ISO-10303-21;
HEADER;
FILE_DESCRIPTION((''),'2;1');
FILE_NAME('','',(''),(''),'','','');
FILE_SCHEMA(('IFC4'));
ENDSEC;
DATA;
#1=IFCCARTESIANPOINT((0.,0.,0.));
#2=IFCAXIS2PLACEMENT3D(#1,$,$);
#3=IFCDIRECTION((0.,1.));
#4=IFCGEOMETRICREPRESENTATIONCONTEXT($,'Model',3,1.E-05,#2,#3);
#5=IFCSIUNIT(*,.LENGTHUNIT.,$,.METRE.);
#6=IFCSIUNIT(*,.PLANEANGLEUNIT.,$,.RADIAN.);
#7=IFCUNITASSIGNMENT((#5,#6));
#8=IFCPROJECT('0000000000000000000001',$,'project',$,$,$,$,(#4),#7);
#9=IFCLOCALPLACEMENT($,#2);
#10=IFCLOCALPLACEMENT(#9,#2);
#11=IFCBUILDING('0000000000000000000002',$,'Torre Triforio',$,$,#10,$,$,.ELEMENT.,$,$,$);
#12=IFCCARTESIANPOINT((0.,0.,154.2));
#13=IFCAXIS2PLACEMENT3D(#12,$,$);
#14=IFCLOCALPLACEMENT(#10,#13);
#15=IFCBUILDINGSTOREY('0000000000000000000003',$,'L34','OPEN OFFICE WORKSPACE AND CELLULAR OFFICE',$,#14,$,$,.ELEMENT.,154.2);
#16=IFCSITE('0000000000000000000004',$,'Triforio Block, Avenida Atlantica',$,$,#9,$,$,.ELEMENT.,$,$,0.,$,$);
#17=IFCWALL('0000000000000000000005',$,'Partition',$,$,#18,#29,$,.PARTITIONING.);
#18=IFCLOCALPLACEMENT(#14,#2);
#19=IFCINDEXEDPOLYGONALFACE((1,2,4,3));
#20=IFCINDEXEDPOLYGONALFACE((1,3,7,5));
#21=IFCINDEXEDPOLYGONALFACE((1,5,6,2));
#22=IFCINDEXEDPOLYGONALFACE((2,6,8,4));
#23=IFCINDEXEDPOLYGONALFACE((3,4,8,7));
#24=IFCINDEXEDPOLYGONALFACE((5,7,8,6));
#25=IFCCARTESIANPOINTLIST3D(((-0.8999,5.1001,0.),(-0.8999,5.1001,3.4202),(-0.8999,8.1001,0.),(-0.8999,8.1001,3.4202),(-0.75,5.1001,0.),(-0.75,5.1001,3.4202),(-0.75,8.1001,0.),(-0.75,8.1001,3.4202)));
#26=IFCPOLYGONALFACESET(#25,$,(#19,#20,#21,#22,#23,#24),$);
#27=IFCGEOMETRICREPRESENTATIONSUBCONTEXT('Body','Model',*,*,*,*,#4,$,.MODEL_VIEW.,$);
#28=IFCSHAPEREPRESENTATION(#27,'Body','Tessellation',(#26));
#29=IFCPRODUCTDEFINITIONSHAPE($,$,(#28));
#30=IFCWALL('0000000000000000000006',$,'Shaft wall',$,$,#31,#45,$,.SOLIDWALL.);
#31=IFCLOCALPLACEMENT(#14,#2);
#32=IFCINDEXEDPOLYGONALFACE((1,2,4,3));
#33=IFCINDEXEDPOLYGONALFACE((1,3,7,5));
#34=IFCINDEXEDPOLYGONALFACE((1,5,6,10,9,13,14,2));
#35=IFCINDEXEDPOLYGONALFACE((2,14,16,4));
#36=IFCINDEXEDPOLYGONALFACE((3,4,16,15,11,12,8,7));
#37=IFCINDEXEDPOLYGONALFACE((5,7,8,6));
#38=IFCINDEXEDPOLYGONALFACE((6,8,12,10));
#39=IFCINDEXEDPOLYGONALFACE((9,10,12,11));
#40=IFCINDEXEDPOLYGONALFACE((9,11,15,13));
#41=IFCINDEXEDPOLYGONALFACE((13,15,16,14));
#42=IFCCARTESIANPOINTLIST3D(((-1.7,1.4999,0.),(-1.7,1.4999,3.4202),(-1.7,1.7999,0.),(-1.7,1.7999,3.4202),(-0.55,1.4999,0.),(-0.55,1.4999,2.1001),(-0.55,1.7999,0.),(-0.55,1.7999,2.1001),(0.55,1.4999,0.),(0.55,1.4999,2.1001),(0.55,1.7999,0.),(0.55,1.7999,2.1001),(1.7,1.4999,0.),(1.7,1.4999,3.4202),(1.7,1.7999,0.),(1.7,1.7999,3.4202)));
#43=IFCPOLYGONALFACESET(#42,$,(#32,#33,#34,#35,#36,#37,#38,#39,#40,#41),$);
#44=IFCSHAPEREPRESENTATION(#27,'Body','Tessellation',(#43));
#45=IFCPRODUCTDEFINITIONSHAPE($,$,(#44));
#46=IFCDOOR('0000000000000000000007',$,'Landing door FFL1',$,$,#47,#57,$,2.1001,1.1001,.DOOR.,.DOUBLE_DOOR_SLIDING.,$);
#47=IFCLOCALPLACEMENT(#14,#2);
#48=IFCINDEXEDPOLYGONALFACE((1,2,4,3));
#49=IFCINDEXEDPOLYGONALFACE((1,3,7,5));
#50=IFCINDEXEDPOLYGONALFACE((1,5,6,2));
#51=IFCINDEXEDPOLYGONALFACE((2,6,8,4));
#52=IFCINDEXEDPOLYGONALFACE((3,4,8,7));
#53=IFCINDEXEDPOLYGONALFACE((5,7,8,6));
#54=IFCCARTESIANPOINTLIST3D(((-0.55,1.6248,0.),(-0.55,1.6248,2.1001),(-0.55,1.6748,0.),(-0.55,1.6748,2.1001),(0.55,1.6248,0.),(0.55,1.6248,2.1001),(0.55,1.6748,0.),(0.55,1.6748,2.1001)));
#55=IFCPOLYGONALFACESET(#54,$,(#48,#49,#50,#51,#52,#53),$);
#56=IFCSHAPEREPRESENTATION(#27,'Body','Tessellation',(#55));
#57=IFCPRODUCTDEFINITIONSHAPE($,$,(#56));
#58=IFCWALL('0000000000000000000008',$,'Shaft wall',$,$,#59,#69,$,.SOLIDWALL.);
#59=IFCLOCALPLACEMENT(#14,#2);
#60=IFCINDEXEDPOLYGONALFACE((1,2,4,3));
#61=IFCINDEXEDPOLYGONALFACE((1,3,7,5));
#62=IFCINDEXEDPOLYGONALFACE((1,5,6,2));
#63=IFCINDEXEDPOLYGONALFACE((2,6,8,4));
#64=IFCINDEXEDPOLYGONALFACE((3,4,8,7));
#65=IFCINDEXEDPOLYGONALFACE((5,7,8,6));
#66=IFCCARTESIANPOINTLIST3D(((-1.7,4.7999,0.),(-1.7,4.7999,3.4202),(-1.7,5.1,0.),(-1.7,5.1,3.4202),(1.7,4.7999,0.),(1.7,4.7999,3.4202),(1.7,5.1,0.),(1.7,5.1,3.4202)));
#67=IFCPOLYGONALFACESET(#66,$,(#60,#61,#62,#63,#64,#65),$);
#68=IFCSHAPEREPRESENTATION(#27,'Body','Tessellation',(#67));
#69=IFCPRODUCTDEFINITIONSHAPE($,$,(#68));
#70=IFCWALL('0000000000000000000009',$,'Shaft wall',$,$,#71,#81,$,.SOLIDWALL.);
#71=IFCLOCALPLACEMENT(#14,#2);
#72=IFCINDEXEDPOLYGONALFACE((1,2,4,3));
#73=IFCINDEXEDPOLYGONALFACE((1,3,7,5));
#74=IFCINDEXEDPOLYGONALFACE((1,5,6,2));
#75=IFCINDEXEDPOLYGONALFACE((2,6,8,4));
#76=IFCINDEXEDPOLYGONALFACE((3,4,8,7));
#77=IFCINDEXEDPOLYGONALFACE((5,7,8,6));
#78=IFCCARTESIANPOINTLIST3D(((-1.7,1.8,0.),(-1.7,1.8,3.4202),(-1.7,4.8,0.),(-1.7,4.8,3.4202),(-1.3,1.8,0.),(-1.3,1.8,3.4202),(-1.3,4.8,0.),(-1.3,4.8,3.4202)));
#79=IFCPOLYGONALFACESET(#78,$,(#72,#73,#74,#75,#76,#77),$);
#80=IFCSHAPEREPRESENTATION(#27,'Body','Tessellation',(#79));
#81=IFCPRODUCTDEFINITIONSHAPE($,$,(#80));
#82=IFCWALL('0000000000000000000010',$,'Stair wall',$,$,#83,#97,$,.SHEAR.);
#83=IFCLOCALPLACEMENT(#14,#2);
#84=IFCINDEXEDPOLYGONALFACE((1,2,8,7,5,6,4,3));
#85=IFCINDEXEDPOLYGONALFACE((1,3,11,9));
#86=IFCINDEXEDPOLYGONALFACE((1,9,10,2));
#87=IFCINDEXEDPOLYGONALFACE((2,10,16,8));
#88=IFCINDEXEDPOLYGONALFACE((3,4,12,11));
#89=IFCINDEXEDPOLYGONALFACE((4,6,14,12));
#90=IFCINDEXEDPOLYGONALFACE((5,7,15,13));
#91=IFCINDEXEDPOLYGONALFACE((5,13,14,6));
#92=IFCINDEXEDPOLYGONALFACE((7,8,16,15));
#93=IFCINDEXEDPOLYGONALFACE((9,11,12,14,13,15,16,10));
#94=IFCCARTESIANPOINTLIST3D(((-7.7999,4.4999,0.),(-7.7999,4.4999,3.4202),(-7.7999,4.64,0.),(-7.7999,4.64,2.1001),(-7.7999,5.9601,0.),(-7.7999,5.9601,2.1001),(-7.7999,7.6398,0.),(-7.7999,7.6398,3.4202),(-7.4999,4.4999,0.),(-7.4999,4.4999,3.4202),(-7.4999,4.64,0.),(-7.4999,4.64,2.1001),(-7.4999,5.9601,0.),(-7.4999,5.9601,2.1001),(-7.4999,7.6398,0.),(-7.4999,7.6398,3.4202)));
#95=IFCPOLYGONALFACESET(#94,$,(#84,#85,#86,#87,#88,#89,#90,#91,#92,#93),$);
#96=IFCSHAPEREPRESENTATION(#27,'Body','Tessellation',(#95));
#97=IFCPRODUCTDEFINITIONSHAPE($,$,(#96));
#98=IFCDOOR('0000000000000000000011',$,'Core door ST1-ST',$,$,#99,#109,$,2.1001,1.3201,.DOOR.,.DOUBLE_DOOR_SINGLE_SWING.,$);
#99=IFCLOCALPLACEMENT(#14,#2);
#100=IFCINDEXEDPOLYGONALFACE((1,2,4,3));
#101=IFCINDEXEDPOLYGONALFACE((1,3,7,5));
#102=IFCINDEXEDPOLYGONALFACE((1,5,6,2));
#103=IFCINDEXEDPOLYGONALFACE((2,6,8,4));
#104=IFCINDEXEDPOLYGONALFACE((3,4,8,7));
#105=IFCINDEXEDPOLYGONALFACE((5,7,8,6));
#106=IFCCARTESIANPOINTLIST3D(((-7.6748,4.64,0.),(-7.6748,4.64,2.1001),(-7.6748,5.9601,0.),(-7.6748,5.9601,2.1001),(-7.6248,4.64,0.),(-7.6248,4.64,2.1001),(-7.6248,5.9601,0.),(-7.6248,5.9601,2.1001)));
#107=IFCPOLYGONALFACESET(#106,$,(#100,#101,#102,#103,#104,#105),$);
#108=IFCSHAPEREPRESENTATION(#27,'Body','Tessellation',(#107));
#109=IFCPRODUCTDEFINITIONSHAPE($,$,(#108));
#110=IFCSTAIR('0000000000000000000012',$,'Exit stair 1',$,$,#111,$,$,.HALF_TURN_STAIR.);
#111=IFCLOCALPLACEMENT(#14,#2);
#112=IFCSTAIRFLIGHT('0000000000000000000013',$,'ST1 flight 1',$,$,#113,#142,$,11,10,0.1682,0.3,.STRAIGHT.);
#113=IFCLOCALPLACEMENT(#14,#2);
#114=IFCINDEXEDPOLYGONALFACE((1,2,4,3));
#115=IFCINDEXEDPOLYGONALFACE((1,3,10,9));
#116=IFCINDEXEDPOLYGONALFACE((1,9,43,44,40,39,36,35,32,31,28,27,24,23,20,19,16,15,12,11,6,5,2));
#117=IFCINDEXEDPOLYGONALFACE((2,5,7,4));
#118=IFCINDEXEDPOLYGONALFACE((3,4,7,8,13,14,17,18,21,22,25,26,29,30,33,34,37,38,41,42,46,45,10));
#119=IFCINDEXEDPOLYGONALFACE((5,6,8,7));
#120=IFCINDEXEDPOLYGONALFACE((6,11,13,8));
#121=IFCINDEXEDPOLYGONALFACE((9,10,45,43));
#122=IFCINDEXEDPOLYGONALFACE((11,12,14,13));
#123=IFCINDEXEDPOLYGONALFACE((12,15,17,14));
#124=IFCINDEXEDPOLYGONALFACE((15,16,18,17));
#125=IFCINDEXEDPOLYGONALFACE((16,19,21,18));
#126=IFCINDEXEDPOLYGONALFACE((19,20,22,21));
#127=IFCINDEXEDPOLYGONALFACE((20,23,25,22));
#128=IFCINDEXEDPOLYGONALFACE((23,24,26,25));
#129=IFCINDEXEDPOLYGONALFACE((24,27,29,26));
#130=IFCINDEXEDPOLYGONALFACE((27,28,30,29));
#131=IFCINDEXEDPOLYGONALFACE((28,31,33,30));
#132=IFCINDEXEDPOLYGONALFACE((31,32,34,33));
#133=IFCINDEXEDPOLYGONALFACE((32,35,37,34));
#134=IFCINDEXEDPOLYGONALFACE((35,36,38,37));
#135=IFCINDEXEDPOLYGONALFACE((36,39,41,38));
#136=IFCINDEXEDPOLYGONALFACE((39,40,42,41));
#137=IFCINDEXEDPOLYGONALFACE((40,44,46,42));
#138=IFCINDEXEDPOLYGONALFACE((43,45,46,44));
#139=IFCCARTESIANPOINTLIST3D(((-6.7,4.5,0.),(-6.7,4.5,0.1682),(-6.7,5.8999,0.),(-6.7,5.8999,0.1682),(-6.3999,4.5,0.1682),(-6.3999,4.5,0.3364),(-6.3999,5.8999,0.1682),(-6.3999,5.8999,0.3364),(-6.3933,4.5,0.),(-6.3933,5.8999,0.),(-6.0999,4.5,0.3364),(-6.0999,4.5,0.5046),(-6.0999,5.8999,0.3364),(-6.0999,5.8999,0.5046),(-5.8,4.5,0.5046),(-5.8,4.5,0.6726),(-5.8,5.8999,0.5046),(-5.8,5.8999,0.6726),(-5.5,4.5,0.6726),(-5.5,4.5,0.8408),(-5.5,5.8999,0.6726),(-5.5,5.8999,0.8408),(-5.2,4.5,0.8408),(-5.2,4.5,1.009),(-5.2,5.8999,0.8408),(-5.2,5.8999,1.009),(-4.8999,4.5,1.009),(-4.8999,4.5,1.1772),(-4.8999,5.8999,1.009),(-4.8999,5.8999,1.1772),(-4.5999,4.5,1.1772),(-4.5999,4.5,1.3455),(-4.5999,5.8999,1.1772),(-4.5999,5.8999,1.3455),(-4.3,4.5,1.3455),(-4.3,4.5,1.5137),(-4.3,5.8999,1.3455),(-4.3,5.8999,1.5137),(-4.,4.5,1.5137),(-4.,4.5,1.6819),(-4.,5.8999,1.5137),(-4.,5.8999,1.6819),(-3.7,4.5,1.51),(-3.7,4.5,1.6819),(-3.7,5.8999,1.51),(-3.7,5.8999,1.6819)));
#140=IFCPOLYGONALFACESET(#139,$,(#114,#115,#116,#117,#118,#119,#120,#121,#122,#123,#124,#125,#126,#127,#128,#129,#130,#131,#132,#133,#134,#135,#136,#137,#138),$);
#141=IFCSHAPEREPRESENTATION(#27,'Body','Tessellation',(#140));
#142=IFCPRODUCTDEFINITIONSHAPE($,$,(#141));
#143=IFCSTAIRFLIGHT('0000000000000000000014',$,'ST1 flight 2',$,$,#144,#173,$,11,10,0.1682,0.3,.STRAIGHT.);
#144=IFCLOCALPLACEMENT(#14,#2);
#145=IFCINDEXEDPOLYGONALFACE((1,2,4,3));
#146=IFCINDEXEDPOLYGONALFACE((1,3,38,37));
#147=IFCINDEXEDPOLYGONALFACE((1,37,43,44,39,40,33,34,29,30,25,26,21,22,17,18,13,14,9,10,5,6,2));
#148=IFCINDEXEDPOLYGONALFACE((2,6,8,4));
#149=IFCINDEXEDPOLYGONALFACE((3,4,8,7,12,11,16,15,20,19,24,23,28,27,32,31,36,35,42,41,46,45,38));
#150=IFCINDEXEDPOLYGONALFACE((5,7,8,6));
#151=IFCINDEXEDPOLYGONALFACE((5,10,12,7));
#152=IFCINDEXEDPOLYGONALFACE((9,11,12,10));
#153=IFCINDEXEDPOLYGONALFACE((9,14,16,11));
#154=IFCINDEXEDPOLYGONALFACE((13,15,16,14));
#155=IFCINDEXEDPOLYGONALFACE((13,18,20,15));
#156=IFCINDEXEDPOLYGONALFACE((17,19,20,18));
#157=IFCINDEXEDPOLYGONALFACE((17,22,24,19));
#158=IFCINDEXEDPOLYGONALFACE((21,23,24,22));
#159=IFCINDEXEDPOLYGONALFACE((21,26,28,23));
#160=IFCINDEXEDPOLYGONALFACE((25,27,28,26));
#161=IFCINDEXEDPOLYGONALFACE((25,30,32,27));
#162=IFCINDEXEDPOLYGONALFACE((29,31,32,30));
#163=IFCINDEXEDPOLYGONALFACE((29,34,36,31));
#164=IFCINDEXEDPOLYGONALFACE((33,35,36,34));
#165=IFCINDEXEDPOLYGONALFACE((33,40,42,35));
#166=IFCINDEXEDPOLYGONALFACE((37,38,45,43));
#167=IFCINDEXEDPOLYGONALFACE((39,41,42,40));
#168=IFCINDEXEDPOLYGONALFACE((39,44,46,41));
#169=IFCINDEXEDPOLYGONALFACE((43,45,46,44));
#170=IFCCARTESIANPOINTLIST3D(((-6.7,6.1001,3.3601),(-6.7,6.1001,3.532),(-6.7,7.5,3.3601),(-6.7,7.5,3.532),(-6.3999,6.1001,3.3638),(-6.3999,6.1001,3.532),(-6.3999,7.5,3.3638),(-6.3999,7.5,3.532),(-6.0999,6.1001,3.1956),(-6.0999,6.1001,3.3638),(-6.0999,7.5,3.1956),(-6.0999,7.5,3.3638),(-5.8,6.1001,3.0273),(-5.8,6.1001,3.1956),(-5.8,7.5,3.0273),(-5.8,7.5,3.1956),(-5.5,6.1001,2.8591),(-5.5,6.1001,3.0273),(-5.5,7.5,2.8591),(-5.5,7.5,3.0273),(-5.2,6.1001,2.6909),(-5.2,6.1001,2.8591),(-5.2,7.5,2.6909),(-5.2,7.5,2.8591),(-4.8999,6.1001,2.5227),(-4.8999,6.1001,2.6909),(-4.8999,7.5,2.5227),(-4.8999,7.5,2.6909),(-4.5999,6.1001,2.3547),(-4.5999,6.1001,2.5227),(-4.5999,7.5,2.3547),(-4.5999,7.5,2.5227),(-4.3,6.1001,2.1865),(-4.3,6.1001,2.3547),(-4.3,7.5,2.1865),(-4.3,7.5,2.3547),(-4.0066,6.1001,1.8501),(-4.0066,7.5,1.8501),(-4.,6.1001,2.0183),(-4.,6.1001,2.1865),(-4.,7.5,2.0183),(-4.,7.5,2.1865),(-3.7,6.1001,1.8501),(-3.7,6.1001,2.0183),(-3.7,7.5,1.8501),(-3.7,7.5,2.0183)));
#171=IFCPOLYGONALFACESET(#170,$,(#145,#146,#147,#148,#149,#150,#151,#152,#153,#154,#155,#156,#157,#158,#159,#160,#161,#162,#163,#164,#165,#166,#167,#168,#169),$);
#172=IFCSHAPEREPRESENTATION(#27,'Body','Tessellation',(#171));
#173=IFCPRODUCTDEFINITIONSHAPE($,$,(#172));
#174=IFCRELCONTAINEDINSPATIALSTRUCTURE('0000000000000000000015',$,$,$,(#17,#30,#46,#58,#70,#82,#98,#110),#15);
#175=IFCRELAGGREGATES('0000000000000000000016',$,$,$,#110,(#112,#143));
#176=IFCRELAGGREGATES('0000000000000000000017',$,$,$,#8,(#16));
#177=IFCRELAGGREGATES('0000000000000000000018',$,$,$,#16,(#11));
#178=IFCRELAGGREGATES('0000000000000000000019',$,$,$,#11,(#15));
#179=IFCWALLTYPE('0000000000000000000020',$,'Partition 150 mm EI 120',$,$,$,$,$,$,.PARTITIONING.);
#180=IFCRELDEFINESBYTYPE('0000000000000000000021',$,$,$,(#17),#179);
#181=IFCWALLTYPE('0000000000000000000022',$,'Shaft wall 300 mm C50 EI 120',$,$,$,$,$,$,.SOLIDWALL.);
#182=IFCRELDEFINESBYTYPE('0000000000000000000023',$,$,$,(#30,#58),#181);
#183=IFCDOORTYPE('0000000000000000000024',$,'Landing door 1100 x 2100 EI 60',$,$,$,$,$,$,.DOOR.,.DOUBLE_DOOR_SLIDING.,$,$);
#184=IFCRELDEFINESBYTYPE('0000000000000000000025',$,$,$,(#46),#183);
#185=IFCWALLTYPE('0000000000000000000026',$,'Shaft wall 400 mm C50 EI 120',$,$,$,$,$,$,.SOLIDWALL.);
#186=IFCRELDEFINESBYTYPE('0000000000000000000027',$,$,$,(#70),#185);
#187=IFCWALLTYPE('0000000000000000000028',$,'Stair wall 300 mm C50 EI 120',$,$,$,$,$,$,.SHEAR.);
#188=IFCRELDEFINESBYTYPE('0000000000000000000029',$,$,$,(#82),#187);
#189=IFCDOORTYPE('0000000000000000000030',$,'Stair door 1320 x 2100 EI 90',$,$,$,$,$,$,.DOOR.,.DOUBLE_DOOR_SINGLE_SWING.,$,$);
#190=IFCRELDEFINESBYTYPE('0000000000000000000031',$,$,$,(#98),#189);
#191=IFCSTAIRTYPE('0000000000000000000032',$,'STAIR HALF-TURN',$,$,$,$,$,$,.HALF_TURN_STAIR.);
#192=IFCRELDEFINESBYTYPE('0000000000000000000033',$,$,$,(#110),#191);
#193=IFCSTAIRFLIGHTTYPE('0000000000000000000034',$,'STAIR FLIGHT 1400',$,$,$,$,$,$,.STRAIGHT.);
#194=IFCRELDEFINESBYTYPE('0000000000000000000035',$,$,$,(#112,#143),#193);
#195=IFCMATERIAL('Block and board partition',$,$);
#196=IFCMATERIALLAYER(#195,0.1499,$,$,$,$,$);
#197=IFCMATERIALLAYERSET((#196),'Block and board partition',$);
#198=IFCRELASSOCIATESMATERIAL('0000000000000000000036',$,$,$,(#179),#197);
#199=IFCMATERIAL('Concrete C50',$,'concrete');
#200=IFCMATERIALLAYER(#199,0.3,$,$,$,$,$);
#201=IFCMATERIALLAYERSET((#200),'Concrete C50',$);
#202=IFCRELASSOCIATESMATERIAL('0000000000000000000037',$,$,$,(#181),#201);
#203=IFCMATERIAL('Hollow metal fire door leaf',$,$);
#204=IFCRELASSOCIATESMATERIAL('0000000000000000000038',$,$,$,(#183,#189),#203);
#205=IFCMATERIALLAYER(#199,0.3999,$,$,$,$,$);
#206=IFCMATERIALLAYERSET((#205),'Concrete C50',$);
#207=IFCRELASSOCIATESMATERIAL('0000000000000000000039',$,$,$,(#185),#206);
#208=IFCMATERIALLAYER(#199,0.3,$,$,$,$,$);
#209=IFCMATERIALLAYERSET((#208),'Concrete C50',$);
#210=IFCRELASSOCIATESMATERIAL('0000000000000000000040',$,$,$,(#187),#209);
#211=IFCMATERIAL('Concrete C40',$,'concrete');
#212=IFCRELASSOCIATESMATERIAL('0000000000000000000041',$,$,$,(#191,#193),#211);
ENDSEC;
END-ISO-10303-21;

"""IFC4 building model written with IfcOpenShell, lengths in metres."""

from ifc_helpers import new_model, si_unit, direction, frame, frame_2d, origin, place, context, subcontext, project, spatial, polyline, rectangle, outline, extrude, material, layer, layer_set, type_object, element, fill, aggregate, save


model = new_model("IFC4")

# Units and contexts
model_context = context("Model", 3, precision=1e-05, world=origin(), true_north=direction((0.0, 1.0)))
body_context = subcontext(model_context, "Body", "Model", "MODEL_VIEW")
ifc_project = project(units=[si_unit("LENGTHUNIT", "METRE"), si_unit("PLANEANGLEUNIT", "RADIAN")], contexts=[model_context])

# Site, building, storey
site_placement = place(None, origin())
site = spatial("IfcSite", under=ifc_project, at=site_placement, Name="Triforio Block, Avenida Atlantica", CompositionType="ELEMENT", RefElevation=0.0)
building_placement = place(site_placement, origin())
building = spatial("IfcBuilding", under=site, at=building_placement, Name="Torre Triforio", CompositionType="ELEMENT")
storey_placement = place(building_placement, frame((0.0, 0.0, 154.2)))
storey = spatial("IfcBuildingStorey", under=building, at=storey_placement, Name="L34", Description="OPEN OFFICE WORKSPACE AND CELLULAR OFFICE", CompositionType="ELEMENT", Elevation=154.2)

# Shared definitions
ifc_material_1 = material(Name="Concrete C40", Category="concrete")

# Wall
ifc_material_2 = material(Name="Concrete C50", Category="concrete")
ifc_material_3 = material(Name="Block and board partition")
ifc_layer_1 = layer(ifc_material_3, 0.1499)
ifc_layer_set_1 = layer_set([ifc_layer_1], Name="Block and board partition")
wall_type_1 = type_object("IfcWallType", Name="Partition 150 mm EI 120", PredefinedType="PARTITIONING", material=ifc_layer_set_1)
wall_1_placement = place(storey_placement, frame((-0.825, 5.1001, 0.0), z_axis=(0.0, 0.0, 1.0), x_axis=(0.0, 1.0, 0.0)))
element("IfcWall", 1, at=wall_1_placement, inside=storey, type_object=wall_type_1, Name="Partition", PredefinedType="PARTITIONING", context=body_context, shape_type="SweptSolid", body=[
    extrude(rectangle(XDim=3.0, YDim=0.1499, at=frame_2d((1.5, 0.0))), origin(), (0.0, 0.0, 1.0), 3.4202),
])

# Wall, opening, door
ifc_layer_2 = layer(ifc_material_2, 0.3)
ifc_layer_set_2 = layer_set([ifc_layer_2], Name="Concrete C50")
wall_type_2 = type_object("IfcWallType", Name="Shaft wall 300 mm C50 EI 120", PredefinedType="SOLIDWALL", material=ifc_layer_set_2)
wall_2_placement = place(storey_placement, frame((-1.7, 1.6499, 0.0), z_axis=(0.0, 0.0, 1.0), x_axis=(1.0, 0.0, 0.0)))
wall_2 = element("IfcWall", 2, at=wall_2_placement, inside=storey, type_object=wall_type_2, Name="Shaft wall", PredefinedType="SOLIDWALL", context=body_context, shape_type="SweptSolid", body=[
    extrude(rectangle(XDim=3.3999, YDim=0.3, at=frame_2d((1.7, 0.0))), origin(), (0.0, 0.0, 1.0), 3.4202),
])
opening_1_placement = place(wall_2_placement, frame((1.1499, 0.0, 0.0)))
opening_1 = element("IfcOpeningElement", 3, at=opening_1_placement, cuts=wall_2, PredefinedType="OPENING", context=body_context, shape_type="SweptSolid", body=[
    extrude(rectangle(XDim=1.1001, YDim=2.1001, at=frame_2d((0.55, 1.05))), frame((0.0, 0.1599, 0.0), z_axis=(0.0, -1.0, 0.0), x_axis=(1.0, 0.0, 0.0)), (0.0, 0.0, 1.0), 0.3201),
])
ifc_material_4 = material(Name="Hollow metal fire door leaf")
door_type_1 = type_object("IfcDoorType", Name="Landing door 1100 x 2100 EI 60", OperationType="DOUBLE_DOOR_SLIDING", PredefinedType="DOOR", material=ifc_material_4)
door_1_placement = place(opening_1_placement, origin())
door_1 = element("IfcDoor", 4, at=door_1_placement, inside=storey, type_object=door_type_1, Name="Landing door FFL1", OperationType="DOUBLE_DOOR_SLIDING", OverallHeight=2.1001, OverallWidth=1.1001, PredefinedType="DOOR", context=body_context, shape_type="SweptSolid", body=[
    extrude(rectangle(XDim=1.1001, YDim=2.1001, at=frame_2d((0.55, 1.05))), frame((0.0, 0.0249, 0.0), z_axis=(0.0, -1.0, 0.0), x_axis=(1.0, 0.0, 0.0)), (0.0, 0.0, 1.0), 0.05),
])
fill(opening_1, door_1)

# Walls
wall_3_placement = place(storey_placement, frame((-1.7, 4.95, 0.0), z_axis=(0.0, 0.0, 1.0), x_axis=(1.0, 0.0, 0.0)))
element("IfcWall", 5, at=wall_3_placement, inside=storey, type_object=wall_type_2, Name="Shaft wall", PredefinedType="SOLIDWALL", context=body_context, shape_type="SweptSolid", body=[
    extrude(rectangle(XDim=3.3999, YDim=0.3, at=frame_2d((1.7, 0.0))), origin(), (0.0, 0.0, 1.0), 3.4202),
])
ifc_layer_3 = layer(ifc_material_2, 0.3999)
ifc_layer_set_3 = layer_set([ifc_layer_3], Name="Concrete C50")
wall_type_3 = type_object("IfcWallType", Name="Shaft wall 400 mm C50 EI 120", PredefinedType="SOLIDWALL", material=ifc_layer_set_3)
wall_4_placement = place(storey_placement, frame((-1.5, 1.8, 0.0), z_axis=(0.0, 0.0, 1.0), x_axis=(0.0, 1.0, 0.0)))
element("IfcWall", 6, at=wall_4_placement, inside=storey, type_object=wall_type_3, Name="Shaft wall", PredefinedType="SOLIDWALL", context=body_context, shape_type="SweptSolid", body=[
    extrude(rectangle(XDim=3.0, YDim=0.3999, at=frame_2d((1.5, 0.0))), origin(), (0.0, 0.0, 1.0), 3.4202),
])

# Wall, opening, door
ifc_layer_4 = layer(ifc_material_2, 0.3)
ifc_layer_set_4 = layer_set([ifc_layer_4], Name="Concrete C50")
wall_type_4 = type_object("IfcWallType", Name="Stair wall 300 mm C50 EI 120", PredefinedType="SHEAR", material=ifc_layer_set_4)
wall_5_placement = place(storey_placement, frame((-7.6499, 4.5, 0.0), z_axis=(0.0, 0.0, 1.0), x_axis=(0.0, 1.0, 0.0)))
wall_5 = element("IfcWall", 7, at=wall_5_placement, inside=storey, type_object=wall_type_4, Name="Stair wall", PredefinedType="SHEAR", context=body_context, shape_type="SweptSolid", body=[
    extrude(rectangle(XDim=3.1399, YDim=0.3, at=frame_2d((1.5698, 0.0))), origin(), (0.0, 0.0, 1.0), 3.4202),
])
opening_2_placement = place(wall_5_placement, frame((0.1399, 0.0, 0.0)))
opening_2 = element("IfcOpeningElement", 8, at=opening_2_placement, cuts=wall_5, PredefinedType="OPENING", context=body_context, shape_type="SweptSolid", body=[
    extrude(rectangle(XDim=1.3201, YDim=2.1001, at=frame_2d((0.6602, 1.05))), frame((0.0, 0.1599, 0.0), z_axis=(0.0, -1.0, 0.0), x_axis=(1.0, 0.0, 0.0)), (0.0, 0.0, 1.0), 0.3201),
])
door_type_2 = type_object("IfcDoorType", Name="Stair door 1320 x 2100 EI 90", OperationType="DOUBLE_DOOR_SINGLE_SWING", PredefinedType="DOOR", material=ifc_material_4)
door_2_placement = place(opening_2_placement, origin())
door_2 = element("IfcDoor", 9, at=door_2_placement, inside=storey, type_object=door_type_2, Name="Core door ST1-ST", OperationType="DOUBLE_DOOR_SINGLE_SWING", OverallHeight=2.1001, OverallWidth=1.3201, PredefinedType="DOOR", context=body_context, shape_type="SweptSolid", body=[
    extrude(rectangle(XDim=1.3201, YDim=2.1001, at=frame_2d((0.6602, 1.05))), frame((0.0, 0.0249, 0.0), z_axis=(0.0, -1.0, 0.0), x_axis=(1.0, 0.0, 0.0)), (0.0, 0.0, 1.0), 0.05),
])
fill(opening_2, door_2)

# Stair, stair flights
stair_type = type_object("IfcStairType", Name="STAIR HALF-TURN", PredefinedType="HALF_TURN_STAIR", material=ifc_material_1)
stair_placement = place(storey_placement, origin())
stair = element("IfcStair", 10, at=stair_placement, inside=storey, type_object=stair_type, Name="Exit stair 1", PredefinedType="HALF_TURN_STAIR")
stair_flight_type = type_object("IfcStairFlightType", Name="STAIR FLIGHT 1400", PredefinedType="STRAIGHT", material=ifc_material_1)
stair_flight_1_placement = place(storey_placement, frame((-6.7, 5.2, 0.0), z_axis=(0.0, 0.0, 1.0), x_axis=(1.0, 0.0, 0.0)))
stair_flight_1 = element("IfcStairFlight", 11, at=stair_flight_1_placement, type_object=stair_flight_type, Name="ST1 flight 1", NumberOfRisers=11, NumberOfTreads=10, PredefinedType="STRAIGHT", RiserHeight=0.1682, TreadLength=0.3, context=body_context, shape_type="SweptSolid", body=[
    extrude(outline(polyline([(0.0, 0.0), (0.0, 0.1682), (0.3, 0.1682), (0.3, 0.3364), (0.6001, 0.3364), (0.6001, 0.5046), (0.8999, 0.5046), (0.8999, 0.6726), (1.2, 0.6726), (1.2, 0.8408), (1.5, 0.8408), (1.5, 1.009), (1.8, 1.009), (1.8, 1.1772), (2.1001, 1.1772), (2.1001, 1.3455), (2.3999, 1.3455), (2.3999, 1.5137), (2.7, 1.5137), (2.7, 1.6819), (3.0, 1.6819), (3.0, 1.8501), (3.0, 1.51), (0.3066, 0.0), (0.0, 0.0)])), frame((0.0, 0.7, 0.0), z_axis=(0.0, -1.0, 0.0), x_axis=(1.0, 0.0, 0.0)), (0.0, 0.0, 1.0), 1.3999),
])
stair_flight_2_placement = place(storey_placement, frame((-3.7, 6.8, 1.8501), z_axis=(0.0, 0.0, 1.0), x_axis=(-1.0, 0.0, 0.0)))
stair_flight_2 = element("IfcStairFlight", 12, at=stair_flight_2_placement, type_object=stair_flight_type, Name="ST1 flight 2", NumberOfRisers=11, NumberOfTreads=10, PredefinedType="STRAIGHT", RiserHeight=0.1682, TreadLength=0.3, context=body_context, shape_type="SweptSolid", body=[
    extrude(outline(polyline([(0.0, 0.0), (0.0, 0.1682), (0.3, 0.1682), (0.3, 0.3364), (0.6001, 0.3364), (0.6001, 0.5046), (0.8999, 0.5046), (0.8999, 0.6726), (1.2, 0.6726), (1.2, 0.8408), (1.5, 0.8408), (1.5, 1.009), (1.8, 1.009), (1.8, 1.1772), (2.1001, 1.1772), (2.1001, 1.3455), (2.3999, 1.3455), (2.3999, 1.5137), (2.7, 1.5137), (2.7, 1.6819), (3.0, 1.6819), (3.0, 1.8501), (3.0, 1.51), (0.3066, 0.0), (0.0, 0.0)])), frame((0.0, 0.7, 0.0), z_axis=(0.0, -1.0, 0.0), x_axis=(1.0, 0.0, 0.0)), (0.0, 0.0, 1.0), 1.3999),
])
aggregate(stair, [stair_flight_1, stair_flight_2])

save(model, "model.ifc")
